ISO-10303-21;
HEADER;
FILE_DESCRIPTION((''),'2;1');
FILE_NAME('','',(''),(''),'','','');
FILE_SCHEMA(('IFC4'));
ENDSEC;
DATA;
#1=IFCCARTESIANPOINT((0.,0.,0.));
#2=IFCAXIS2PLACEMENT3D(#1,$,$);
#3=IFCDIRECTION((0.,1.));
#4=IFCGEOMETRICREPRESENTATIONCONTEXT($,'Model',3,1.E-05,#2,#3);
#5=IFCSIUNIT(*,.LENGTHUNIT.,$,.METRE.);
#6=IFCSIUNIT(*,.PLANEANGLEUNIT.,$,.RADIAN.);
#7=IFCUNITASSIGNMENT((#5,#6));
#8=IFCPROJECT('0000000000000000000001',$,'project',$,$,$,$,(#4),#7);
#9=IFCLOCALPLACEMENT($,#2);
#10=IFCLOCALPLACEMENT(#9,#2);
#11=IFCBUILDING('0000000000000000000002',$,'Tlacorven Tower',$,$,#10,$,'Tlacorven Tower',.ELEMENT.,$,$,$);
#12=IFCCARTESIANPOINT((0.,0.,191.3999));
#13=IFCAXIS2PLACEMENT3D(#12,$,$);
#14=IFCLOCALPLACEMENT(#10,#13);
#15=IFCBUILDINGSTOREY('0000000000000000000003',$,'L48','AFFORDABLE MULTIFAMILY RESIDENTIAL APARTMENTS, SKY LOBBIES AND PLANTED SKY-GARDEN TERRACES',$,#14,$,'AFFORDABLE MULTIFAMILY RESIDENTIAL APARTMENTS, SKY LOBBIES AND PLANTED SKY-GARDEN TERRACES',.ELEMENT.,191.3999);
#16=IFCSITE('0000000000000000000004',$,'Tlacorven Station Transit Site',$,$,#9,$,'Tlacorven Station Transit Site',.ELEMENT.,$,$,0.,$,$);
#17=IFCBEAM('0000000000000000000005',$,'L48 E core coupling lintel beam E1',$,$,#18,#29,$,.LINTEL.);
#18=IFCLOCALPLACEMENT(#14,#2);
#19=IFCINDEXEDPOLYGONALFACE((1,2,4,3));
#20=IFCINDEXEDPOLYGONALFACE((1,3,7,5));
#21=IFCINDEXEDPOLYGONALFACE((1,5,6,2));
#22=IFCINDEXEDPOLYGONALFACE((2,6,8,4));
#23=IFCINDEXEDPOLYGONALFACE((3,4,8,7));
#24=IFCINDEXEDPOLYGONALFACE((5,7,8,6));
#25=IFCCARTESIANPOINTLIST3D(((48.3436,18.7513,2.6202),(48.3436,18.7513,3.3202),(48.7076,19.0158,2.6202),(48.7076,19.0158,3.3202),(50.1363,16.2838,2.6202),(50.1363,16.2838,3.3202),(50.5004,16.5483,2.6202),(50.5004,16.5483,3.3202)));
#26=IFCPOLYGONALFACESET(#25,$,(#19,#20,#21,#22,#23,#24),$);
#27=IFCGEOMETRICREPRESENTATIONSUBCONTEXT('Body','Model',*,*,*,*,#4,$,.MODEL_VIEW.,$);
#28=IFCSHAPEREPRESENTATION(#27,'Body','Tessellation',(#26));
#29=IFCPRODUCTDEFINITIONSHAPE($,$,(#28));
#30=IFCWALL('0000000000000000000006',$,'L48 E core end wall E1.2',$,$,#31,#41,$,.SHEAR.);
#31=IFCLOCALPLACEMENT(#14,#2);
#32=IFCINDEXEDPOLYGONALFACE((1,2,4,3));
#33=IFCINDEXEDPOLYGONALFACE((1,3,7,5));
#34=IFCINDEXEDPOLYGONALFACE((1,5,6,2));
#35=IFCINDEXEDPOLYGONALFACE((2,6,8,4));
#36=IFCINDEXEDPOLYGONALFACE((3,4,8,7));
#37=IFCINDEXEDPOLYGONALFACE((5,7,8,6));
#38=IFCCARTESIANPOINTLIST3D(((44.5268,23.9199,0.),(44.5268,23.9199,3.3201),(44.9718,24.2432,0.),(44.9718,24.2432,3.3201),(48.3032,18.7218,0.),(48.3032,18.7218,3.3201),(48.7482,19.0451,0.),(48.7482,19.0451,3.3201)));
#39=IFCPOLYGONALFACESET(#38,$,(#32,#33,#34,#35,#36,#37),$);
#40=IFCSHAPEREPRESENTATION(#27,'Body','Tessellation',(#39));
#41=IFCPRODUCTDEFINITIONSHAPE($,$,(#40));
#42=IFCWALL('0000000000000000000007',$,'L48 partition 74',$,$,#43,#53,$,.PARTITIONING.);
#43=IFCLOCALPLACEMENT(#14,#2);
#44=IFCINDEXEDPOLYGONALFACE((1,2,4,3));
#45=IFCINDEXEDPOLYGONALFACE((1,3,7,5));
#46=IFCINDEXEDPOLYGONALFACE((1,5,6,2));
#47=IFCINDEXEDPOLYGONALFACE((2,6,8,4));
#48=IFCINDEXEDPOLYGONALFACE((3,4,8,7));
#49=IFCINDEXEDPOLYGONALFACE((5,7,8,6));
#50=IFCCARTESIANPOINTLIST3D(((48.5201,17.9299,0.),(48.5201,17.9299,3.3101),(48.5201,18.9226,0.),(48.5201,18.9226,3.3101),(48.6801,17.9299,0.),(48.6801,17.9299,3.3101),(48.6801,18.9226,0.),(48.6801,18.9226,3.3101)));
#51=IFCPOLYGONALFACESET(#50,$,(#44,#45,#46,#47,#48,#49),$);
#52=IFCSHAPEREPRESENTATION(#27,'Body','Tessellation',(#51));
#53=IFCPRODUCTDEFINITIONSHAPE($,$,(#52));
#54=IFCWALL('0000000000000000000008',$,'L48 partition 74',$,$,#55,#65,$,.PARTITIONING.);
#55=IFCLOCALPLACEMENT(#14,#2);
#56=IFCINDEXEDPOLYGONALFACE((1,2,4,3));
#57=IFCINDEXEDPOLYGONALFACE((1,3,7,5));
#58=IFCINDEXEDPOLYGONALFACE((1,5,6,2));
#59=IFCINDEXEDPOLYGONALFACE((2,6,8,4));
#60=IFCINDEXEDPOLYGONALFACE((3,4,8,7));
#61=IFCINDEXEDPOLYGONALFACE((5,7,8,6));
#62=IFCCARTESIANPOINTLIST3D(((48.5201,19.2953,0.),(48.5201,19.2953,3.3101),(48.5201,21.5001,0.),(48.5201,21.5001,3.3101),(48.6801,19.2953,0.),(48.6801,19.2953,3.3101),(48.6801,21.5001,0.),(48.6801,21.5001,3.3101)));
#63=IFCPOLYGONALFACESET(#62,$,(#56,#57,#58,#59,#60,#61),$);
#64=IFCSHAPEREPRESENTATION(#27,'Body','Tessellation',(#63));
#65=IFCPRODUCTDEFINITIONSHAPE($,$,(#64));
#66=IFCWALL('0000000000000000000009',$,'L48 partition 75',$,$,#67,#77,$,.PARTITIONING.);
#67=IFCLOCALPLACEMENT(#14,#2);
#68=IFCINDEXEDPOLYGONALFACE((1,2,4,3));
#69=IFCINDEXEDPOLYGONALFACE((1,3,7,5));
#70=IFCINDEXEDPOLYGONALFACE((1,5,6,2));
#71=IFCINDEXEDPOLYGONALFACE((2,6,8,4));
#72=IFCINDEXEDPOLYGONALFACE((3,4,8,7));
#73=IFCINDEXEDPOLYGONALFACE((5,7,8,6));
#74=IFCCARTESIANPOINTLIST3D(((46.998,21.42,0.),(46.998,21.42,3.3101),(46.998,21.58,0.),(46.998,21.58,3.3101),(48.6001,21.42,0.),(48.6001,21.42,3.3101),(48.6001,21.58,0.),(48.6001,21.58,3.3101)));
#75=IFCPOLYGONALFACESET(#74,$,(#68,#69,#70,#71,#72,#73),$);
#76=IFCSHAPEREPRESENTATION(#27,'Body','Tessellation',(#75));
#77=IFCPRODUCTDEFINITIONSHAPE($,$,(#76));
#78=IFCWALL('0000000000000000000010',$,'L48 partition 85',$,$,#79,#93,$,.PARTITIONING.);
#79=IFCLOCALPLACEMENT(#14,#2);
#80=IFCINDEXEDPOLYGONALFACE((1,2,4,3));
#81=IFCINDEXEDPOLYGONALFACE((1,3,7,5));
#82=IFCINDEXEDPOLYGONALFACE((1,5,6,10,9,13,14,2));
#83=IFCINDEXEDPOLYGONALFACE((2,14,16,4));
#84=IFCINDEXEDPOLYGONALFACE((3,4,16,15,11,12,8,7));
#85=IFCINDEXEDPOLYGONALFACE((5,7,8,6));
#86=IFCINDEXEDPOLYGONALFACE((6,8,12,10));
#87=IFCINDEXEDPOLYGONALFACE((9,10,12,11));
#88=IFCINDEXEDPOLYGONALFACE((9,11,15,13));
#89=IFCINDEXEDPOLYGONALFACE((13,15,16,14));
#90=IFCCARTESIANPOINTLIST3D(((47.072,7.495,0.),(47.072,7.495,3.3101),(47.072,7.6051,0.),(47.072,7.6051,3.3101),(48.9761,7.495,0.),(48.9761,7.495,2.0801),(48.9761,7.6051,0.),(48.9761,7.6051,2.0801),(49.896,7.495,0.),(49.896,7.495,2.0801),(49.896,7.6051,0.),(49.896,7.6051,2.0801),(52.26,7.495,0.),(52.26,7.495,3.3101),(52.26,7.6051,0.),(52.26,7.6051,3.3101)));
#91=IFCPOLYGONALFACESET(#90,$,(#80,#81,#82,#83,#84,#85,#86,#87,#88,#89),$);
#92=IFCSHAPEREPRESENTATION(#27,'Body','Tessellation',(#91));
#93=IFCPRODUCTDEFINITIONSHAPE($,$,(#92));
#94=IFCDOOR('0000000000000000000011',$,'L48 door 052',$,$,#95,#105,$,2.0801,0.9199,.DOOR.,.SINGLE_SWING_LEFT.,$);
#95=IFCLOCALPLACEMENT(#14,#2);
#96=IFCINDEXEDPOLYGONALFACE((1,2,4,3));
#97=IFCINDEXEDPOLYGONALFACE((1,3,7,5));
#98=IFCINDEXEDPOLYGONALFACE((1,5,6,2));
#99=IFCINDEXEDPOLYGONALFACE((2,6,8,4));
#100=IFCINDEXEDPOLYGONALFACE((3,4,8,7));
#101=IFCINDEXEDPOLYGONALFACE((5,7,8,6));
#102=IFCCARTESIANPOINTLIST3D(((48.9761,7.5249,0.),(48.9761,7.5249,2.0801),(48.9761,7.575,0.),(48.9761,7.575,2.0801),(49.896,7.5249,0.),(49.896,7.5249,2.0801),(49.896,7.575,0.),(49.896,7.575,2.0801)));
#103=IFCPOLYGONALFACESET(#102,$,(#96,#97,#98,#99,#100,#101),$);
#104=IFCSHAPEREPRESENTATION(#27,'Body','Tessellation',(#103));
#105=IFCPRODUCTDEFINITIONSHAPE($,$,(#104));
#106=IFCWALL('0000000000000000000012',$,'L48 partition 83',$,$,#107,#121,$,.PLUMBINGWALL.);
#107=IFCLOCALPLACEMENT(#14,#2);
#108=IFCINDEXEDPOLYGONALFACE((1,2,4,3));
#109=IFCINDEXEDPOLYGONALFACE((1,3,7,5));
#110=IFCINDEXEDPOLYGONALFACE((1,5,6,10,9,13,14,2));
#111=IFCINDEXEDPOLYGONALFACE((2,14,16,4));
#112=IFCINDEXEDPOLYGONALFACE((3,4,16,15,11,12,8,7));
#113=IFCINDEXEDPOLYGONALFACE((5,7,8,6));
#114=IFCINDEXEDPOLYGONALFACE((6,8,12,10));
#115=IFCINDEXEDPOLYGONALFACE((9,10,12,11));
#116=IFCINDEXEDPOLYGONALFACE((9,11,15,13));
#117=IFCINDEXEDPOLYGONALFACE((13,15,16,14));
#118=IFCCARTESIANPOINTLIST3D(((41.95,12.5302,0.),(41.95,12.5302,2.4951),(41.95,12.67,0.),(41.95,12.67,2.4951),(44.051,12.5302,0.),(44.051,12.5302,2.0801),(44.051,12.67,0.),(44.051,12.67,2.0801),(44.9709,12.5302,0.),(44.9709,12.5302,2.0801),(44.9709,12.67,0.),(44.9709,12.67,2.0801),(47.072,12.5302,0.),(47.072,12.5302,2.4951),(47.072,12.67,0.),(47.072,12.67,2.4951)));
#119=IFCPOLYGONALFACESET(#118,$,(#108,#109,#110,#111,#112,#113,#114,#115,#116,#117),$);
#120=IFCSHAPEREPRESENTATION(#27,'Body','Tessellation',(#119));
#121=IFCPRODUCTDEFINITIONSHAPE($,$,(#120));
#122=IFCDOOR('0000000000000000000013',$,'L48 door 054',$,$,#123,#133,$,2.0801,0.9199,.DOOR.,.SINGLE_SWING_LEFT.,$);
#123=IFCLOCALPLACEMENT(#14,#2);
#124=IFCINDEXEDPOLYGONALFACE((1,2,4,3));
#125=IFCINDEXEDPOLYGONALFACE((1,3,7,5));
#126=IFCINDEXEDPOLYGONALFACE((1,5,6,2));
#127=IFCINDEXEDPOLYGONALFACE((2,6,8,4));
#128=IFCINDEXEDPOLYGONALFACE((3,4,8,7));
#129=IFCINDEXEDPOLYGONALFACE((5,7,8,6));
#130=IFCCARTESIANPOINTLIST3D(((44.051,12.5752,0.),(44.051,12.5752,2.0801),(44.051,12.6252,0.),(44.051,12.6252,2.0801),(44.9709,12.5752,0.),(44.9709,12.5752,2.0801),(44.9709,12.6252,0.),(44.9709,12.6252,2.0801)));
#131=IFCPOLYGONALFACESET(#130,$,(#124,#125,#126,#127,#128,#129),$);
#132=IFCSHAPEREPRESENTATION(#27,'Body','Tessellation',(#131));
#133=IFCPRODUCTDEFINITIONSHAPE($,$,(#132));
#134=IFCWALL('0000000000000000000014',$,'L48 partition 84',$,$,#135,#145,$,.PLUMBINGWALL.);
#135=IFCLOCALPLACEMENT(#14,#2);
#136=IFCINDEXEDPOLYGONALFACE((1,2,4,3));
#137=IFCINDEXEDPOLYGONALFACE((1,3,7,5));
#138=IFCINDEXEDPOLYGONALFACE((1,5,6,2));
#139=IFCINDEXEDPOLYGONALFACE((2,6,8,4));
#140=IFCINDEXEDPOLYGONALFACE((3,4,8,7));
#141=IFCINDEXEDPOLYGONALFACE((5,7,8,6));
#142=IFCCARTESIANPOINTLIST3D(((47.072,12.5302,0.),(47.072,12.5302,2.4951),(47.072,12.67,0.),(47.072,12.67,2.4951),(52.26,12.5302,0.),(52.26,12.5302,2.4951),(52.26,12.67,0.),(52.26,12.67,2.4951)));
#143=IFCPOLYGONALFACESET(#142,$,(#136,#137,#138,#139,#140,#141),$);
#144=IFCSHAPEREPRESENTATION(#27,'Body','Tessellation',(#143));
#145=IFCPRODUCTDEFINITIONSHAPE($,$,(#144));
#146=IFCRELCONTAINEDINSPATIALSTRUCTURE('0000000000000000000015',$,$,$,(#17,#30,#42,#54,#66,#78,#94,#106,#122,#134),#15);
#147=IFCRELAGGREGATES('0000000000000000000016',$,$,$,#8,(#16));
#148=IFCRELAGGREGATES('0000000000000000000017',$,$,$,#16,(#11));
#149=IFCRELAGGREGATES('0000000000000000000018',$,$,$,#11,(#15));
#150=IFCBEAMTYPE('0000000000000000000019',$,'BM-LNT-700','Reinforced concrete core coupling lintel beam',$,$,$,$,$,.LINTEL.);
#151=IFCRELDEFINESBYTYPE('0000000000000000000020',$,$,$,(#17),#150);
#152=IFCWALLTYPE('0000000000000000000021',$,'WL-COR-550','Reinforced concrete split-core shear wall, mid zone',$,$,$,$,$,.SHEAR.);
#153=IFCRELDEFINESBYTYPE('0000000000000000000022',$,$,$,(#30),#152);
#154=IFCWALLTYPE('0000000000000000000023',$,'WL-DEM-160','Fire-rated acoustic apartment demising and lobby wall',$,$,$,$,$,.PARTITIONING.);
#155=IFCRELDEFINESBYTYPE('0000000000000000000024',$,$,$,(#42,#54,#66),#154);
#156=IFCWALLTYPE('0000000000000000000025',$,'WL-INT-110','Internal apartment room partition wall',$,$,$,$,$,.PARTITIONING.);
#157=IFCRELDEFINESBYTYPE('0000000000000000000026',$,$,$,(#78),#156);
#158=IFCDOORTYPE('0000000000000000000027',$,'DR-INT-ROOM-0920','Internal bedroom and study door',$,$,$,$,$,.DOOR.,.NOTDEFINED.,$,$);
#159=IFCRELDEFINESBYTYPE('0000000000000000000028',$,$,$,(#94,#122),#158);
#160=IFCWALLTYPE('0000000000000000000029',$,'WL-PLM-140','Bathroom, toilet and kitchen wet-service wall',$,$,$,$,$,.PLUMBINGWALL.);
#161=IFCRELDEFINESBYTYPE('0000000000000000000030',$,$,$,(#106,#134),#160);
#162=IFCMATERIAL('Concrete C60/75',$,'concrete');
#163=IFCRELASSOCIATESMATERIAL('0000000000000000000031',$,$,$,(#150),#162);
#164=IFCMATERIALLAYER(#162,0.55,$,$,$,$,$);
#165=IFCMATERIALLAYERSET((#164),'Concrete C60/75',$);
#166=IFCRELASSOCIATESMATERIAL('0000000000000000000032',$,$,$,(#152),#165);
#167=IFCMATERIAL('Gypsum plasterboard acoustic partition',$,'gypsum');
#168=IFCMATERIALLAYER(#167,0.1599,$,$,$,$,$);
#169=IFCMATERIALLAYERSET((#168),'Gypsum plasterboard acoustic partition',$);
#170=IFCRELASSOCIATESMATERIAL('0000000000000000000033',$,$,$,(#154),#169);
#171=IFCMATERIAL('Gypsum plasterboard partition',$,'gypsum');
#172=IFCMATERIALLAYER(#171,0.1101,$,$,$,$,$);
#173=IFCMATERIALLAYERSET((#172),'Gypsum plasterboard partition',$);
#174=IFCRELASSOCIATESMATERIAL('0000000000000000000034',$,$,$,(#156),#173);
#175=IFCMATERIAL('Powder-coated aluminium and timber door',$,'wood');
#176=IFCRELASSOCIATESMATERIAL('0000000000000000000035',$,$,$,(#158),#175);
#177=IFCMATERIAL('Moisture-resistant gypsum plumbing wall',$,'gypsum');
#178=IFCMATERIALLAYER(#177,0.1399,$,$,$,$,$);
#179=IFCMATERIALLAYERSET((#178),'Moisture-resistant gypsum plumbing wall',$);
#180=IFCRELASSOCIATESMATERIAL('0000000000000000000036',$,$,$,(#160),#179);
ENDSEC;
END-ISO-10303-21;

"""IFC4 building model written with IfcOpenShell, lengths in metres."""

from ifc_helpers import new_model, si_unit, direction, frame, frame_2d, origin, origin_2d, place, context, subcontext, project, spatial, rectangle, extrude, source, transform, mapped, material, layer, layer_set, material_profile, profile_set, type_object, element, fill, save


model = new_model("IFC4")

# Units and contexts
model_context = context("Model", 3, precision=1e-05, world=origin(), true_north=direction((0.0, 1.0)))
body_context = subcontext(model_context, "Body", "Model", "MODEL_VIEW")
ifc_project = project(units=[si_unit("LENGTHUNIT", "METRE"), si_unit("PLANEANGLEUNIT", "RADIAN")], contexts=[model_context])

# Site, building, storey
site_placement = place(None, origin())
site = spatial("IfcSite", under=ifc_project, at=site_placement, Name="Tlacorven Station Transit Site", LongName="Tlacorven Station Transit Site", CompositionType="ELEMENT", RefElevation=0.0)
building_placement = place(site_placement, origin())
building = spatial("IfcBuilding", under=site, at=building_placement, Name="Tlacorven Tower", LongName="Tlacorven Tower", CompositionType="ELEMENT")
storey_placement = place(building_placement, frame((0.0, 0.0, 191.3999)))
storey = spatial("IfcBuildingStorey", under=building, at=storey_placement, Name="L48", Description="AFFORDABLE MULTIFAMILY RESIDENTIAL APARTMENTS, SKY LOBBIES AND PLANTED SKY-GARDEN TERRACES", LongName="AFFORDABLE MULTIFAMILY RESIDENTIAL APARTMENTS, SKY LOBBIES AND PLANTED SKY-GARDEN TERRACES", CompositionType="ELEMENT", Elevation=191.3999)

# Beam
ifc_material_1 = material(Name="Concrete C60/75", Category="concrete")
ifc_material_profile = material_profile(ifc_material_1, rectangle(XDim=0.45, YDim=0.7, at=origin_2d()), Name="RC 450X700")
ifc_profile_set = profile_set([ifc_material_profile], Name="Concrete C60/75")
beam_type = type_object("IfcBeamType", Name="BM-LNT-700", Description="Reinforced concrete core coupling lintel beam", PredefinedType="LINTEL", material=ifc_profile_set)
shared_shape_1 = source(origin(), body_context, "Body", "SweptSolid", [
    extrude(rectangle(XDim=0.45, YDim=0.7, at=origin_2d()), origin(), (0.0, 0.0, 1.0), 3.05),
])
beam_placement = place(storey_placement, frame((50.3184, 16.416, 2.9702), z_axis=(-0.587777, 0.809023, 0.0), x_axis=(-0.809023, -0.587777, 0.0)))
element("IfcBeam", 1, at=beam_placement, inside=storey, type_object=beam_type, Name="L48 E core coupling lintel beam E1", PredefinedType="LINTEL", context=body_context, shape_type="MappedRepresentation", body=[
    mapped(shared_shape_1, transform((0.0, 0.0, 0.0), scale=1.0)),
])

# Walls
ifc_layer_1 = layer(ifc_material_1, 0.55)
ifc_layer_set_1 = layer_set([ifc_layer_1], Name="Concrete C60/75")
wall_type_1 = type_object("IfcWallType", Name="WL-COR-550", Description="Reinforced concrete split-core shear wall, mid zone", PredefinedType="SHEAR", material=ifc_layer_set_1)
wall_1_placement = place(storey_placement, frame((48.5256, 18.8835, 0.0), z_axis=(0.0, 0.0, 1.0), x_axis=(-0.587765, 0.809032, 0.0)))
element("IfcWall", 2, at=wall_1_placement, inside=storey, type_object=wall_type_1, Name="L48 E core end wall E1.2", PredefinedType="SHEAR", context=body_context, shape_type="SweptSolid", body=[
    extrude(rectangle(XDim=6.425, YDim=0.55, at=frame_2d((3.2124, 0.0))), origin(), (0.0, 0.0, 1.0), 3.3201),
])
ifc_material_2 = material(Name="Gypsum plasterboard acoustic partition", Category="gypsum")
ifc_layer_2 = layer(ifc_material_2, 0.1599)
ifc_layer_set_2 = layer_set([ifc_layer_2], Name="Gypsum plasterboard acoustic partition")
wall_type_2 = type_object("IfcWallType", Name="WL-DEM-160", Description="Fire-rated acoustic apartment demising and lobby wall", PredefinedType="PARTITIONING", material=ifc_layer_set_2)
wall_2_placement = place(storey_placement, frame((48.6001, 17.9299, 0.0), z_axis=(0.0, 0.0, 1.0), x_axis=(0.0, 1.0, 0.0)))
element("IfcWall", 3, at=wall_2_placement, inside=storey, type_object=wall_type_2, Name="L48 partition 74", PredefinedType="PARTITIONING", context=body_context, shape_type="SweptSolid", body=[
    extrude(rectangle(XDim=0.9927, YDim=0.1599, at=frame_2d((0.4963, 0.0))), origin(), (0.0, 0.0, 1.0), 3.3101),
])
wall_3_placement = place(storey_placement, frame((48.6001, 19.2952, 0.0), z_axis=(0.0, 0.0, 1.0), x_axis=(0.0, 1.0, 0.0)))
element("IfcWall", 4, at=wall_3_placement, inside=storey, type_object=wall_type_2, Name="L48 partition 74", PredefinedType="PARTITIONING", context=body_context, shape_type="SweptSolid", body=[
    extrude(rectangle(XDim=2.2048, YDim=0.1599, at=frame_2d((1.1025, 0.0))), origin(), (0.0, 0.0, 1.0), 3.3101),
])
wall_4_placement = place(storey_placement, frame((46.998, 21.5, 0.0), z_axis=(0.0, 0.0, 1.0), x_axis=(1.0, 0.0, 0.0)))
element("IfcWall", 5, at=wall_4_placement, inside=storey, type_object=wall_type_2, Name="L48 partition 75", PredefinedType="PARTITIONING", context=body_context, shape_type="SweptSolid", body=[
    extrude(rectangle(XDim=1.6021, YDim=0.1599, at=frame_2d((0.801, 0.0))), origin(), (0.0, 0.0, 1.0), 3.3101),
])

# Walls, openings, doors
ifc_material_3 = material(Name="Gypsum plasterboard partition", Category="gypsum")
ifc_layer_3 = layer(ifc_material_3, 0.1101)
ifc_layer_set_3 = layer_set([ifc_layer_3], Name="Gypsum plasterboard partition")
wall_type_3 = type_object("IfcWallType", Name="WL-INT-110", Description="Internal apartment room partition wall", PredefinedType="PARTITIONING", material=ifc_layer_set_3)
wall_5_placement = place(storey_placement, frame((47.072, 7.55, 0.0), z_axis=(0.0, 0.0, 1.0), x_axis=(1.0, 0.0, 0.0)))
wall_5 = element("IfcWall", 6, at=wall_5_placement, inside=storey, type_object=wall_type_3, Name="L48 partition 85", PredefinedType="PARTITIONING", context=body_context, shape_type="SweptSolid", body=[
    extrude(rectangle(XDim=5.188, YDim=0.1101, at=frame_2d((2.594, 0.0))), origin(), (0.0, 0.0, 1.0), 3.3101),
])
opening_1_placement = place(wall_5_placement, frame((1.9041, 0.0, 0.0)))
opening_1 = element("IfcOpeningElement", 7, at=opening_1_placement, cuts=wall_5, PredefinedType="OPENING", context=body_context, shape_type="SweptSolid", body=[
    extrude(rectangle(XDim=0.9199, YDim=2.0801, at=frame_2d((0.46, 1.04))), frame((0.0, 0.0649, 0.0), z_axis=(0.0, -1.0, 0.0), x_axis=(1.0, 0.0, 0.0)), (0.0, 0.0, 1.0), 0.1301),
])
ifc_material_4 = material(Name="Powder-coated aluminium and timber door", Category="wood")
door_type_1 = type_object("IfcDoorType", Name="DR-INT-ROOM-0920", Description="Internal bedroom and study door", OperationType="NOTDEFINED", PredefinedType="DOOR", material=ifc_material_4)
shared_shape_2 = source(origin(), body_context, "Body", "SweptSolid", [
    extrude(rectangle(XDim=0.9199, YDim=2.0801, at=frame_2d((0.46, 1.04))), frame((0.0, 0.0249, 0.0), z_axis=(0.0, -1.0, 0.0), x_axis=(1.0, 0.0, 0.0)), (0.0, 0.0, 1.0), 0.05),
])
door_1_placement = place(opening_1_placement, origin())
door_1 = element("IfcDoor", 8, at=door_1_placement, inside=storey, type_object=door_type_1, Name="L48 door 052", OperationType="SINGLE_SWING_LEFT", OverallHeight=2.0801, OverallWidth=0.9199, PredefinedType="DOOR", context=body_context, shape_type="MappedRepresentation", body=[
    mapped(shared_shape_2, transform((0.0, 0.0, 0.0), scale=1.0)),
])
fill(opening_1, door_1)
ifc_material_5 = material(Name="Moisture-resistant gypsum plumbing wall", Category="gypsum")
ifc_layer_4 = layer(ifc_material_5, 0.1399)
ifc_layer_set_4 = layer_set([ifc_layer_4], Name="Moisture-resistant gypsum plumbing wall")
wall_type_4 = type_object("IfcWallType", Name="WL-PLM-140", Description="Bathroom, toilet and kitchen wet-service wall", PredefinedType="PLUMBINGWALL", material=ifc_layer_set_4)
wall_6_placement = place(storey_placement, frame((41.95, 12.6001, 0.0), z_axis=(0.0, 0.0, 1.0), x_axis=(1.0, 0.0, 0.0)))
wall_6 = element("IfcWall", 9, at=wall_6_placement, inside=storey, type_object=wall_type_4, Name="L48 partition 83", PredefinedType="PLUMBINGWALL", context=body_context, shape_type="SweptSolid", body=[
    extrude(rectangle(XDim=5.1221, YDim=0.1399, at=frame_2d((2.561, 0.0))), origin(), (0.0, 0.0, 1.0), 2.4951),
])
opening_2_placement = place(wall_6_placement, frame((2.1011, 0.0, 0.0)))
opening_2 = element("IfcOpeningElement", 10, at=opening_2_placement, cuts=wall_6, PredefinedType="OPENING", context=body_context, shape_type="SweptSolid", body=[
    extrude(rectangle(XDim=0.9199, YDim=2.0801, at=frame_2d((0.46, 1.04))), frame((0.0, 0.0801, 0.0), z_axis=(0.0, -1.0, 0.0), x_axis=(1.0, 0.0, 0.0)), (0.0, 0.0, 1.0), 0.1599),
])
door_2_placement = place(opening_2_placement, frame((0.9199, 0.0, 0.0), z_axis=(0.0, 0.0, 1.0), x_axis=(-1.0, 0.0, 0.0)))
door_2 = element("IfcDoor", 11, at=door_2_placement, inside=storey, type_object=door_type_1, Name="L48 door 054", OperationType="SINGLE_SWING_LEFT", OverallHeight=2.0801, OverallWidth=0.9199, PredefinedType="DOOR", context=body_context, shape_type="MappedRepresentation", body=[
    mapped(shared_shape_2, transform((0.0, 0.0, 0.0), scale=1.0)),
])
fill(opening_2, door_2)

# Wall
wall_7_placement = place(storey_placement, frame((47.072, 12.6001, 0.0), z_axis=(0.0, 0.0, 1.0), x_axis=(1.0, 0.0, 0.0)))
element("IfcWall", 12, at=wall_7_placement, inside=storey, type_object=wall_type_4, Name="L48 partition 84", PredefinedType="PLUMBINGWALL", context=body_context, shape_type="SweptSolid", body=[
    extrude(rectangle(XDim=5.188, YDim=0.1399, at=frame_2d((2.594, 0.0))), origin(), (0.0, 0.0, 1.0), 2.4951),
])

save(model, "model.ifc")
